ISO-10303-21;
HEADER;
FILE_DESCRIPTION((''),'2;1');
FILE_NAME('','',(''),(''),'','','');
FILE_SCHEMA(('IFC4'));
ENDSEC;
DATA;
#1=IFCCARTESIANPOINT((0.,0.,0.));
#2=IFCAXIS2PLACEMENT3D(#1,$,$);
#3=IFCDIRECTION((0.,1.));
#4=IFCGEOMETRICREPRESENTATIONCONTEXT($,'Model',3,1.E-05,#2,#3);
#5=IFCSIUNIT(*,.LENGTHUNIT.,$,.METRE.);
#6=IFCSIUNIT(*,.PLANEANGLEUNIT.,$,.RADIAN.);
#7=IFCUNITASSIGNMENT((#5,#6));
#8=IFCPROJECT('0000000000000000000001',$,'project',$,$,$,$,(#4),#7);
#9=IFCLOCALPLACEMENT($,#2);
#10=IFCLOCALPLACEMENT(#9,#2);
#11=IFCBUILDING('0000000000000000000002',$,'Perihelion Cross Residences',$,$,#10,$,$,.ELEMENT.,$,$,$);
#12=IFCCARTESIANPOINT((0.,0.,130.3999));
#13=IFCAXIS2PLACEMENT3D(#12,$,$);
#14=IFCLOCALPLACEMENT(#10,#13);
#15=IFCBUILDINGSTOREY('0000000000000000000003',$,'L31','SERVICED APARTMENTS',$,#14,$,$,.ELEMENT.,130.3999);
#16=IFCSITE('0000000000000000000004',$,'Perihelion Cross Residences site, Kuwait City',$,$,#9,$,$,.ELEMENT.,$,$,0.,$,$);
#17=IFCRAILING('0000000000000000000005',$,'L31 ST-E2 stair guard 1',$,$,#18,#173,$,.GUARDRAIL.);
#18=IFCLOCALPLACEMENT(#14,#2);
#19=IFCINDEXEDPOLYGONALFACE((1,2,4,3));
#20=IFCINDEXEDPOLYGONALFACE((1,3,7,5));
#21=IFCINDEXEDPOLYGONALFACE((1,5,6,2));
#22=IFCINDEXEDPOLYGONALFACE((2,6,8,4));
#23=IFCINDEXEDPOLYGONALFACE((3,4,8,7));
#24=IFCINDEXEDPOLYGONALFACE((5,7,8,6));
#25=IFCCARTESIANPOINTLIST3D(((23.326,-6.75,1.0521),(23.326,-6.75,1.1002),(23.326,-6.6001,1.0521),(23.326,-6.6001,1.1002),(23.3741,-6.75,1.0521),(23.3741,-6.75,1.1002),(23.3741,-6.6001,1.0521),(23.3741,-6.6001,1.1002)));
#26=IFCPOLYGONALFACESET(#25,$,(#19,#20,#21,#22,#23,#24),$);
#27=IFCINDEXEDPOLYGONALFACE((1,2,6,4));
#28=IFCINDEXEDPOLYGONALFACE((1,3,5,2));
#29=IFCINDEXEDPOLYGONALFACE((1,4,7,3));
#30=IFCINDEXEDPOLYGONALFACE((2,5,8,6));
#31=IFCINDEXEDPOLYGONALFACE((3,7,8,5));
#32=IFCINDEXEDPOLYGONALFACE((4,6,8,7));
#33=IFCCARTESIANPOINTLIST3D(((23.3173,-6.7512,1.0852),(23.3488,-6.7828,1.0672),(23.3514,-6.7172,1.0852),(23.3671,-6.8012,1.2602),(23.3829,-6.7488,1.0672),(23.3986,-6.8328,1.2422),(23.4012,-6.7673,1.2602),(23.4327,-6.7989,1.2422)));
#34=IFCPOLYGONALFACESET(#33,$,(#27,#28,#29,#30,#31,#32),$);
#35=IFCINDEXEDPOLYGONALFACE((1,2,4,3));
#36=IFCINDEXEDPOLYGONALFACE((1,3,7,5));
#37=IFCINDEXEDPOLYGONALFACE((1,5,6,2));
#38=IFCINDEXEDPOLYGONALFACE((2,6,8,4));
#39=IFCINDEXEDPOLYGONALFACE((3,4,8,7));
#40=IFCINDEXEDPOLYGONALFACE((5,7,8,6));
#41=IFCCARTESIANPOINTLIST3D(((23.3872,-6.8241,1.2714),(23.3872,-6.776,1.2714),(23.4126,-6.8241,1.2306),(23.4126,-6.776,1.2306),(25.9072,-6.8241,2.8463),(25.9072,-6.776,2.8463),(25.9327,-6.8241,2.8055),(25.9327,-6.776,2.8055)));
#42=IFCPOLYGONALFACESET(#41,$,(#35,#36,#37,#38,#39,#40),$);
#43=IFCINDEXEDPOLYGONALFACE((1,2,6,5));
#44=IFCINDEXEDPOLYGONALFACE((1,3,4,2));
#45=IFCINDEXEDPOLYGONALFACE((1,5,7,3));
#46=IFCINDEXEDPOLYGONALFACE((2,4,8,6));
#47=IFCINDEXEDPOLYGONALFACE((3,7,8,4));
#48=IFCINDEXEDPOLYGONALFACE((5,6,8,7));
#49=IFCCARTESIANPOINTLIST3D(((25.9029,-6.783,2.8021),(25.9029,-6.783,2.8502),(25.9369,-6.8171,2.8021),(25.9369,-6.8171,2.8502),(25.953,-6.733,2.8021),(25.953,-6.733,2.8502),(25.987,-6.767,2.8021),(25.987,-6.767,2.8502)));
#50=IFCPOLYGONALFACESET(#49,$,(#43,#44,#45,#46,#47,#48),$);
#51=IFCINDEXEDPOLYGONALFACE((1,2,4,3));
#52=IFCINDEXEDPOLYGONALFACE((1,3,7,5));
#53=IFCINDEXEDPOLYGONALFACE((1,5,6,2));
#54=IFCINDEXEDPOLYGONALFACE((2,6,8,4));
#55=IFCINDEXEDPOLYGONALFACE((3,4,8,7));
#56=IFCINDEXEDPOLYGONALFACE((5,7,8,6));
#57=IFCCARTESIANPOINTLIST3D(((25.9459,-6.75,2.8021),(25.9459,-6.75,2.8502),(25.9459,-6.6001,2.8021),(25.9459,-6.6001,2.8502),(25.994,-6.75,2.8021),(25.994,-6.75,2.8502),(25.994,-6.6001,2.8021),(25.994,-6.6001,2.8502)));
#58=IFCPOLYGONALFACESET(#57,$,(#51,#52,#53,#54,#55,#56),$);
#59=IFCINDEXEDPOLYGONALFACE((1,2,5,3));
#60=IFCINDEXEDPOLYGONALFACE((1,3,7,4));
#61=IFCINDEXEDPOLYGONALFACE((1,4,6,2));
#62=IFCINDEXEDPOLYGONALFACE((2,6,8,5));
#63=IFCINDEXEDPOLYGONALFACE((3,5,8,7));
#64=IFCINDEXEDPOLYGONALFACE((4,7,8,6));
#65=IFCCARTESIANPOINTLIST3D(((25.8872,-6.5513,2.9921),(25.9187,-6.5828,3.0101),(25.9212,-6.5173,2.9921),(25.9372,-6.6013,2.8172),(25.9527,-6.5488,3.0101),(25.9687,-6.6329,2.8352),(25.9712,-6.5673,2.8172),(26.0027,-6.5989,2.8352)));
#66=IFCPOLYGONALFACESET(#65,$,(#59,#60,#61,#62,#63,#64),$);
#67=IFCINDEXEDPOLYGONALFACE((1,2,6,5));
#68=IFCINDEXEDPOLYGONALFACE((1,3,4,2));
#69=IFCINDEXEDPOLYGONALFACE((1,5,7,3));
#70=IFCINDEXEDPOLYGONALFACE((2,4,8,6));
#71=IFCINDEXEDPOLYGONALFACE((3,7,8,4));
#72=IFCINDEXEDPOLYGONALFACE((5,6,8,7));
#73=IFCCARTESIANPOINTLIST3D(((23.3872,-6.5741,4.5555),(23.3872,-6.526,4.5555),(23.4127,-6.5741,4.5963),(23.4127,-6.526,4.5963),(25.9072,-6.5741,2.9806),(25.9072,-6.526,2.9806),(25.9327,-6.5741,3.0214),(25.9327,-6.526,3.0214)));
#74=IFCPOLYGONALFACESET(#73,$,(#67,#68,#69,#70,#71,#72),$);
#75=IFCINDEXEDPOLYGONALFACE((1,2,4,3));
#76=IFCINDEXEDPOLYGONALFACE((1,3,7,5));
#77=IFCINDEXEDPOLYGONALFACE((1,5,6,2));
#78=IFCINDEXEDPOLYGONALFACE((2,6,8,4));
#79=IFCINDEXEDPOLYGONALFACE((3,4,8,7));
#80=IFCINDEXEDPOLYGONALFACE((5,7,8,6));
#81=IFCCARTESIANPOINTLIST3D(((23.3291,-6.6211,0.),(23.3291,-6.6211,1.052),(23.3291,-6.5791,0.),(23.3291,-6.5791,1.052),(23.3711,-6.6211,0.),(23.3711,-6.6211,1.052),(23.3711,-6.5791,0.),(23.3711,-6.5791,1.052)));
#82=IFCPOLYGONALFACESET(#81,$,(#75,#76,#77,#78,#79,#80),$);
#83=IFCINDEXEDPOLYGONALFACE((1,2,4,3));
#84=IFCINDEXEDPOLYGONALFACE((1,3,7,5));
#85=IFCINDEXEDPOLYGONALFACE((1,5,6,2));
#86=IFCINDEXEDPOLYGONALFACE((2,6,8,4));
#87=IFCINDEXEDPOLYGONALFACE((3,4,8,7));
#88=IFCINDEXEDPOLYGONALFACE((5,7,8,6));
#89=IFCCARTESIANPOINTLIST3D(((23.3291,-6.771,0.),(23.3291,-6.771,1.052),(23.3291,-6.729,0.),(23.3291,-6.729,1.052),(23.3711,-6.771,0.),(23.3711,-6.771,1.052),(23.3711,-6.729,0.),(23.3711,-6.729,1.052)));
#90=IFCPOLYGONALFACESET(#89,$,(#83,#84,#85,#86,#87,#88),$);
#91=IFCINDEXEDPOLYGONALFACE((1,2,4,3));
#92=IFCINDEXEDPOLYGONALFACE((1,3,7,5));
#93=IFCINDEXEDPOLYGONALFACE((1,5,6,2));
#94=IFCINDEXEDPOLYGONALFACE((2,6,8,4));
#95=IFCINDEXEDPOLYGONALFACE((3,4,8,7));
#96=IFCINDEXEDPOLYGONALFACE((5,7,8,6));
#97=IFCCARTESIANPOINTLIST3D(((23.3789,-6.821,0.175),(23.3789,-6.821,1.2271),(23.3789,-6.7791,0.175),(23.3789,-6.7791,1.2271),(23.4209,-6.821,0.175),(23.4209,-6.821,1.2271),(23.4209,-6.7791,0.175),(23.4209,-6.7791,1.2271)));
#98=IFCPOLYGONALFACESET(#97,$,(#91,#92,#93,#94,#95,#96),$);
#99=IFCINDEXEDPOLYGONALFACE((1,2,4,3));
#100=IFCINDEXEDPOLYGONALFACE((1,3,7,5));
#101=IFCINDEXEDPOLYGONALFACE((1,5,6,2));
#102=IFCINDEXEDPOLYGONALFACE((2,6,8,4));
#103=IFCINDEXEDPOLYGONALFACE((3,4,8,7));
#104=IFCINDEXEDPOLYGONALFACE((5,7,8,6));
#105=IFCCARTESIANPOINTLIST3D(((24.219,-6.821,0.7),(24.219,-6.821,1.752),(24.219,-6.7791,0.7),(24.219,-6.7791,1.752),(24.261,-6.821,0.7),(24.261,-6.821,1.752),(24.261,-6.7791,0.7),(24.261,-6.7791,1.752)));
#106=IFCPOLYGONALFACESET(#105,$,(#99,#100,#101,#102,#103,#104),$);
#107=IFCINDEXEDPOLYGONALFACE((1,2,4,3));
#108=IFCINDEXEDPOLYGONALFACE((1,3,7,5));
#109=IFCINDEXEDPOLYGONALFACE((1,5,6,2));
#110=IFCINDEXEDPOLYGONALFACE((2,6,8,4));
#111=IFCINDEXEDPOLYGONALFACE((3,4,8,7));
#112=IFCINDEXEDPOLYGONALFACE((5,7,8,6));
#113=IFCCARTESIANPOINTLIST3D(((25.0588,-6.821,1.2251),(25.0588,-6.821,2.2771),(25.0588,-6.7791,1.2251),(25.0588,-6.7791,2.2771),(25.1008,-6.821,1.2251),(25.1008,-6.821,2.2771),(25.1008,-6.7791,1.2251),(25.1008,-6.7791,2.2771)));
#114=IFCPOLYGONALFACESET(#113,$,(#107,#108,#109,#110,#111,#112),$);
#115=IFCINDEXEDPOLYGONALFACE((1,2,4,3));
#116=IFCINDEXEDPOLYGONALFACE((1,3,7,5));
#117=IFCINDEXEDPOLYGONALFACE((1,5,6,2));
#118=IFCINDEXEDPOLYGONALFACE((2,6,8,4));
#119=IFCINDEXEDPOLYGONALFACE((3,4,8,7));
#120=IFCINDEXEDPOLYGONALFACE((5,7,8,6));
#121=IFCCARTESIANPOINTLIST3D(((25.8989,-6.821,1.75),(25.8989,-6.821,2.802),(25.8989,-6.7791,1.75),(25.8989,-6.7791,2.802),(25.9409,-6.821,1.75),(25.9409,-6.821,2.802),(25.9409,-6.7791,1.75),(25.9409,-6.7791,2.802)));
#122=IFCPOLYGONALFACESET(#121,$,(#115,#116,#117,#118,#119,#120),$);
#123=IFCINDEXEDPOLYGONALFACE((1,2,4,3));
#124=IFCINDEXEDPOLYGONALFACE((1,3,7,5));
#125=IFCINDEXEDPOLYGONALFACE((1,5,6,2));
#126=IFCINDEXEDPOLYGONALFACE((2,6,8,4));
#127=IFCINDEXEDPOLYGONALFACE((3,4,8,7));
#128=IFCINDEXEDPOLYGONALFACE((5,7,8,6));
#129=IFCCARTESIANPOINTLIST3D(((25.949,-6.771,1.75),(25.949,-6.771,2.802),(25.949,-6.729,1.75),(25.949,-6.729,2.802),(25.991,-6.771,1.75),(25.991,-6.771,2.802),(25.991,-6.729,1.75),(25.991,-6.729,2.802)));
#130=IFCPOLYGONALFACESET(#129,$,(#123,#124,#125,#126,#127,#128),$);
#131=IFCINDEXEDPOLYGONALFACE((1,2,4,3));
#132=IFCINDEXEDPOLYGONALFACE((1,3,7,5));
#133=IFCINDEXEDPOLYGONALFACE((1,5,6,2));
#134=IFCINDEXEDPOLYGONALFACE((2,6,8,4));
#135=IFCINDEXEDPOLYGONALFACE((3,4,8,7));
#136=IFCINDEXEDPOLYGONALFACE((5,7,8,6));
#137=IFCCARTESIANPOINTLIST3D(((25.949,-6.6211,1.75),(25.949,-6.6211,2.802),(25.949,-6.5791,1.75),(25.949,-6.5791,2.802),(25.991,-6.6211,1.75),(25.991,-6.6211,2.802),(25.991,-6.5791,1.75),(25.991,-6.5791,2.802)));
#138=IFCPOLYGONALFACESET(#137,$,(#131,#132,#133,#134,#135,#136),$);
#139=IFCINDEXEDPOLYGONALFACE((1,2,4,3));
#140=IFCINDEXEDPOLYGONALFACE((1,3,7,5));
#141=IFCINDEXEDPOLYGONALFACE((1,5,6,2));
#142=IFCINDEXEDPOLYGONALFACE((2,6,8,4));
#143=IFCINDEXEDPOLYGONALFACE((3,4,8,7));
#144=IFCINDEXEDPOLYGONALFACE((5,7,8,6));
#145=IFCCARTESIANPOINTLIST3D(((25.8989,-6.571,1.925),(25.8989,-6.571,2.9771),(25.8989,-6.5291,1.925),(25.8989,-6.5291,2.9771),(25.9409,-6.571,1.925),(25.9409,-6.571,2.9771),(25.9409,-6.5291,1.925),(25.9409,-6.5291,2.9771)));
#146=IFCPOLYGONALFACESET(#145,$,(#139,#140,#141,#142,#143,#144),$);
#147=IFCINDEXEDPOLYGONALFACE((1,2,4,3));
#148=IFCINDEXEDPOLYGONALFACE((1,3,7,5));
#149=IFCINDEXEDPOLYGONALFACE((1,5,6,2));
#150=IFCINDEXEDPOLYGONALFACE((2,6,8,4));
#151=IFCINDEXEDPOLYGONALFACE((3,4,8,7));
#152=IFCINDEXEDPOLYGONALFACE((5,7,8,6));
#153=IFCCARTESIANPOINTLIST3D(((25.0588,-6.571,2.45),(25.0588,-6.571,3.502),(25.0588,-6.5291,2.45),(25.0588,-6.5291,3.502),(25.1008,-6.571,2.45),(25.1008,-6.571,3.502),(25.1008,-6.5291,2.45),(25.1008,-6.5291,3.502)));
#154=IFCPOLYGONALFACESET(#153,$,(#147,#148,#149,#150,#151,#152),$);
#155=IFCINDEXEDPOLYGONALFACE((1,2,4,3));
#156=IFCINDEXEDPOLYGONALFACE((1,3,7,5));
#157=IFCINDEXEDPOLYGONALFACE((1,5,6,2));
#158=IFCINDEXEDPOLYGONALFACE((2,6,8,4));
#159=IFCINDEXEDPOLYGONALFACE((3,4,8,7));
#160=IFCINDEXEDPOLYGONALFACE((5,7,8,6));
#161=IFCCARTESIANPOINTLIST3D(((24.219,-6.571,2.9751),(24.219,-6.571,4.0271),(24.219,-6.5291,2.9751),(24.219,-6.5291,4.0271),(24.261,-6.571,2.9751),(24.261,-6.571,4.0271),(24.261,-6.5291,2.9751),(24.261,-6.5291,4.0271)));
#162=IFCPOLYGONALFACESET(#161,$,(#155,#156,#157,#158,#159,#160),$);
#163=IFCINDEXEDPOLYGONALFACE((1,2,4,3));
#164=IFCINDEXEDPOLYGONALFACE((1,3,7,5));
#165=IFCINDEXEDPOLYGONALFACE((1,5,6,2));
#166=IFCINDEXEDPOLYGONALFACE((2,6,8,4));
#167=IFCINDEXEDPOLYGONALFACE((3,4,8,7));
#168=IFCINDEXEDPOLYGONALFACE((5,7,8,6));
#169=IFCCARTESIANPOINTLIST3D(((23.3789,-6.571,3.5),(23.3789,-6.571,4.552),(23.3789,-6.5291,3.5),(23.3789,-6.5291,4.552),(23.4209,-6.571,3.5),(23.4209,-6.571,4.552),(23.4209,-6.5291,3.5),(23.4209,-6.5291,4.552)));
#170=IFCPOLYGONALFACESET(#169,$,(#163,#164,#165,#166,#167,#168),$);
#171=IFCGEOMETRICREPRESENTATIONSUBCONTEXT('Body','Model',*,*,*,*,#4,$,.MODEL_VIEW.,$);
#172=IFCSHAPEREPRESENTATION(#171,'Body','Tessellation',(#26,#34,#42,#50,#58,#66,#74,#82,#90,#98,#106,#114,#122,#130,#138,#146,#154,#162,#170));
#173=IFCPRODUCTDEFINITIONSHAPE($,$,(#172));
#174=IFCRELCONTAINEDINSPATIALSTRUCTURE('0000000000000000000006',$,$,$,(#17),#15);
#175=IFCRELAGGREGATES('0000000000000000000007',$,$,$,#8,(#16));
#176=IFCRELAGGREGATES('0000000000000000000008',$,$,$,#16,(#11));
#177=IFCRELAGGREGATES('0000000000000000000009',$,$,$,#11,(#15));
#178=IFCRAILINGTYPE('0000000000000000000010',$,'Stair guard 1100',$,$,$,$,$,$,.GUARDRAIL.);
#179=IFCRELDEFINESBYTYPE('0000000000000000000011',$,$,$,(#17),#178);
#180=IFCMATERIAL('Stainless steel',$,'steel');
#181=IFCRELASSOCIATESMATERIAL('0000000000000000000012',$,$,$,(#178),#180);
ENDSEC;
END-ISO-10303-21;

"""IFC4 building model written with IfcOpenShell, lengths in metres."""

from ifc_helpers import new_model, si_unit, direction, frame, origin, origin_2d, place, context, subcontext, project, spatial, rectangle, extrude, material, type_object, element, save


model = new_model("IFC4")

# Units and contexts
model_context = context("Model", 3, precision=1e-05, world=origin(), true_north=direction((0.0, 1.0)))
body_context = subcontext(model_context, "Body", "Model", "MODEL_VIEW")
ifc_project = project(units=[si_unit("LENGTHUNIT", "METRE"), si_unit("PLANEANGLEUNIT", "RADIAN")], contexts=[model_context])

# Site, building, storey
site_placement = place(None, origin())
site = spatial("IfcSite", under=ifc_project, at=site_placement, Name="Perihelion Cross Residences site, Kuwait City", CompositionType="ELEMENT", RefElevation=0.0)
building_placement = place(site_placement, origin())
building = spatial("IfcBuilding", under=site, at=building_placement, Name="Perihelion Cross Residences", CompositionType="ELEMENT")
storey_placement = place(building_placement, frame((0.0, 0.0, 130.3999)))
storey = spatial("IfcBuildingStorey", under=building, at=storey_placement, Name="L31", Description="SERVICED APARTMENTS", CompositionType="ELEMENT", Elevation=130.3999)

# Railing
ifc_material_1 = material(Name="Stainless steel", Category="steel")
railing_type_1 = type_object("IfcRailingType", Name="Stair guard 1100", PredefinedType="GUARDRAIL", material=ifc_material_1)
railing_1_placement = place(storey_placement, frame((23.3501, -6.6001, 0.0)))
element("IfcRailing", 1, at=railing_1_placement, inside=storey, type_object=railing_type_1, Name="L31 ST-E2 stair guard 1", PredefinedType="GUARDRAIL", context=body_context, shape_type="SweptSolid", body=[
    extrude(rectangle(XDim=0.0481, YDim=0.0481, at=origin_2d()), frame((0.0, 0.0, 1.0762), z_axis=(0.0, -1.0, 0.0), x_axis=(1.0, 0.0, 0.0)), (0.0, 0.0, 1.0), 0.1499),
    extrude(rectangle(XDim=0.0481, YDim=0.0481, at=origin_2d()), frame((0.0, -0.1499, 1.0762), z_axis=(0.263862, -0.265156, 0.927399), x_axis=(0.708834, 0.705376, 0.0)), (0.0, 0.0, 1.0), 0.1887),
    extrude(rectangle(XDim=0.0481, YDim=0.0481, at=origin_2d()), frame((0.0498, -0.2, 1.251), z_axis=(0.848008, 0.0, 0.529984), x_axis=(0.0, 1.0, 0.0)), (0.0, 0.0, 1.0), 2.9717),
    extrude(rectangle(XDim=0.0481, YDim=0.0481, at=origin_2d()), frame((2.5698, -0.2, 2.8262), z_axis=(0.707107, 0.707107, 0.0), x_axis=(-0.707107, 0.707107, 0.0)), (0.0, 0.0, 1.0), 0.0708),
    extrude(rectangle(XDim=0.0481, YDim=0.0481, at=origin_2d()), frame((2.6199, -0.1499, 2.8262), z_axis=(0.0, 1.0, 0.0), x_axis=(-1.0, 0.0, 0.0)), (0.0, 0.0, 1.0), 0.1499),
    extrude(rectangle(XDim=0.0481, YDim=0.0481, at=origin_2d()), frame((2.6199, 0.0, 2.8262), z_axis=(-0.265065, 0.265065, 0.927082), x_axis=(-0.707107, -0.707107, 0.0)), (0.0, 0.0, 1.0), 0.1887),
    extrude(rectangle(XDim=0.0481, YDim=0.0481, at=origin_2d()), frame((2.5698, 0.05, 3.001), z_axis=(-0.848008, 0.0, 0.529984), x_axis=(0.0, -1.0, 0.0)), (0.0, 0.0, 1.0), 2.9717),
    extrude(rectangle(XDim=0.042, YDim=0.042, at=origin_2d()), origin(), (0.0, 0.0, 1.0), 1.052),
    extrude(rectangle(XDim=0.042, YDim=0.042, at=origin_2d()), frame((0.0, -0.1499, 0.0)), (0.0, 0.0, 1.0), 1.052),
    extrude(rectangle(XDim=0.042, YDim=0.042, at=origin_2d()), frame((0.0498, -0.2, 0.175)), (0.0, 0.0, 1.0), 1.052),
    extrude(rectangle(XDim=0.042, YDim=0.042, at=origin_2d()), frame((0.8899, -0.2, 0.7)), (0.0, 0.0, 1.0), 1.052),
    extrude(rectangle(XDim=0.042, YDim=0.042, at=origin_2d()), frame((1.7297, -0.2, 1.2251)), (0.0, 0.0, 1.0), 1.052),
    extrude(rectangle(XDim=0.042, YDim=0.042, at=origin_2d()), frame((2.5698, -0.2, 1.75)), (0.0, 0.0, 1.0), 1.052),
    extrude(rectangle(XDim=0.042, YDim=0.042, at=origin_2d()), frame((2.6199, -0.1499, 1.75)), (0.0, 0.0, 1.0), 1.052),
    extrude(rectangle(XDim=0.042, YDim=0.042, at=origin_2d()), frame((2.6199, 0.0, 1.75)), (0.0, 0.0, 1.0), 1.052),
    extrude(rectangle(XDim=0.042, YDim=0.042, at=origin_2d()), frame((2.5698, 0.05, 1.925)), (0.0, 0.0, 1.0), 1.052),
    extrude(rectangle(XDim=0.042, YDim=0.042, at=origin_2d()), frame((1.7297, 0.05, 2.45)), (0.0, 0.0, 1.0), 1.052),
    extrude(rectangle(XDim=0.042, YDim=0.042, at=origin_2d()), frame((0.8899, 0.05, 2.9751)), (0.0, 0.0, 1.0), 1.052),
    extrude(rectangle(XDim=0.042, YDim=0.042, at=origin_2d()), frame((0.0498, 0.05, 3.5)), (0.0, 0.0, 1.0), 1.052),
])

save(model, "model.ifc")
